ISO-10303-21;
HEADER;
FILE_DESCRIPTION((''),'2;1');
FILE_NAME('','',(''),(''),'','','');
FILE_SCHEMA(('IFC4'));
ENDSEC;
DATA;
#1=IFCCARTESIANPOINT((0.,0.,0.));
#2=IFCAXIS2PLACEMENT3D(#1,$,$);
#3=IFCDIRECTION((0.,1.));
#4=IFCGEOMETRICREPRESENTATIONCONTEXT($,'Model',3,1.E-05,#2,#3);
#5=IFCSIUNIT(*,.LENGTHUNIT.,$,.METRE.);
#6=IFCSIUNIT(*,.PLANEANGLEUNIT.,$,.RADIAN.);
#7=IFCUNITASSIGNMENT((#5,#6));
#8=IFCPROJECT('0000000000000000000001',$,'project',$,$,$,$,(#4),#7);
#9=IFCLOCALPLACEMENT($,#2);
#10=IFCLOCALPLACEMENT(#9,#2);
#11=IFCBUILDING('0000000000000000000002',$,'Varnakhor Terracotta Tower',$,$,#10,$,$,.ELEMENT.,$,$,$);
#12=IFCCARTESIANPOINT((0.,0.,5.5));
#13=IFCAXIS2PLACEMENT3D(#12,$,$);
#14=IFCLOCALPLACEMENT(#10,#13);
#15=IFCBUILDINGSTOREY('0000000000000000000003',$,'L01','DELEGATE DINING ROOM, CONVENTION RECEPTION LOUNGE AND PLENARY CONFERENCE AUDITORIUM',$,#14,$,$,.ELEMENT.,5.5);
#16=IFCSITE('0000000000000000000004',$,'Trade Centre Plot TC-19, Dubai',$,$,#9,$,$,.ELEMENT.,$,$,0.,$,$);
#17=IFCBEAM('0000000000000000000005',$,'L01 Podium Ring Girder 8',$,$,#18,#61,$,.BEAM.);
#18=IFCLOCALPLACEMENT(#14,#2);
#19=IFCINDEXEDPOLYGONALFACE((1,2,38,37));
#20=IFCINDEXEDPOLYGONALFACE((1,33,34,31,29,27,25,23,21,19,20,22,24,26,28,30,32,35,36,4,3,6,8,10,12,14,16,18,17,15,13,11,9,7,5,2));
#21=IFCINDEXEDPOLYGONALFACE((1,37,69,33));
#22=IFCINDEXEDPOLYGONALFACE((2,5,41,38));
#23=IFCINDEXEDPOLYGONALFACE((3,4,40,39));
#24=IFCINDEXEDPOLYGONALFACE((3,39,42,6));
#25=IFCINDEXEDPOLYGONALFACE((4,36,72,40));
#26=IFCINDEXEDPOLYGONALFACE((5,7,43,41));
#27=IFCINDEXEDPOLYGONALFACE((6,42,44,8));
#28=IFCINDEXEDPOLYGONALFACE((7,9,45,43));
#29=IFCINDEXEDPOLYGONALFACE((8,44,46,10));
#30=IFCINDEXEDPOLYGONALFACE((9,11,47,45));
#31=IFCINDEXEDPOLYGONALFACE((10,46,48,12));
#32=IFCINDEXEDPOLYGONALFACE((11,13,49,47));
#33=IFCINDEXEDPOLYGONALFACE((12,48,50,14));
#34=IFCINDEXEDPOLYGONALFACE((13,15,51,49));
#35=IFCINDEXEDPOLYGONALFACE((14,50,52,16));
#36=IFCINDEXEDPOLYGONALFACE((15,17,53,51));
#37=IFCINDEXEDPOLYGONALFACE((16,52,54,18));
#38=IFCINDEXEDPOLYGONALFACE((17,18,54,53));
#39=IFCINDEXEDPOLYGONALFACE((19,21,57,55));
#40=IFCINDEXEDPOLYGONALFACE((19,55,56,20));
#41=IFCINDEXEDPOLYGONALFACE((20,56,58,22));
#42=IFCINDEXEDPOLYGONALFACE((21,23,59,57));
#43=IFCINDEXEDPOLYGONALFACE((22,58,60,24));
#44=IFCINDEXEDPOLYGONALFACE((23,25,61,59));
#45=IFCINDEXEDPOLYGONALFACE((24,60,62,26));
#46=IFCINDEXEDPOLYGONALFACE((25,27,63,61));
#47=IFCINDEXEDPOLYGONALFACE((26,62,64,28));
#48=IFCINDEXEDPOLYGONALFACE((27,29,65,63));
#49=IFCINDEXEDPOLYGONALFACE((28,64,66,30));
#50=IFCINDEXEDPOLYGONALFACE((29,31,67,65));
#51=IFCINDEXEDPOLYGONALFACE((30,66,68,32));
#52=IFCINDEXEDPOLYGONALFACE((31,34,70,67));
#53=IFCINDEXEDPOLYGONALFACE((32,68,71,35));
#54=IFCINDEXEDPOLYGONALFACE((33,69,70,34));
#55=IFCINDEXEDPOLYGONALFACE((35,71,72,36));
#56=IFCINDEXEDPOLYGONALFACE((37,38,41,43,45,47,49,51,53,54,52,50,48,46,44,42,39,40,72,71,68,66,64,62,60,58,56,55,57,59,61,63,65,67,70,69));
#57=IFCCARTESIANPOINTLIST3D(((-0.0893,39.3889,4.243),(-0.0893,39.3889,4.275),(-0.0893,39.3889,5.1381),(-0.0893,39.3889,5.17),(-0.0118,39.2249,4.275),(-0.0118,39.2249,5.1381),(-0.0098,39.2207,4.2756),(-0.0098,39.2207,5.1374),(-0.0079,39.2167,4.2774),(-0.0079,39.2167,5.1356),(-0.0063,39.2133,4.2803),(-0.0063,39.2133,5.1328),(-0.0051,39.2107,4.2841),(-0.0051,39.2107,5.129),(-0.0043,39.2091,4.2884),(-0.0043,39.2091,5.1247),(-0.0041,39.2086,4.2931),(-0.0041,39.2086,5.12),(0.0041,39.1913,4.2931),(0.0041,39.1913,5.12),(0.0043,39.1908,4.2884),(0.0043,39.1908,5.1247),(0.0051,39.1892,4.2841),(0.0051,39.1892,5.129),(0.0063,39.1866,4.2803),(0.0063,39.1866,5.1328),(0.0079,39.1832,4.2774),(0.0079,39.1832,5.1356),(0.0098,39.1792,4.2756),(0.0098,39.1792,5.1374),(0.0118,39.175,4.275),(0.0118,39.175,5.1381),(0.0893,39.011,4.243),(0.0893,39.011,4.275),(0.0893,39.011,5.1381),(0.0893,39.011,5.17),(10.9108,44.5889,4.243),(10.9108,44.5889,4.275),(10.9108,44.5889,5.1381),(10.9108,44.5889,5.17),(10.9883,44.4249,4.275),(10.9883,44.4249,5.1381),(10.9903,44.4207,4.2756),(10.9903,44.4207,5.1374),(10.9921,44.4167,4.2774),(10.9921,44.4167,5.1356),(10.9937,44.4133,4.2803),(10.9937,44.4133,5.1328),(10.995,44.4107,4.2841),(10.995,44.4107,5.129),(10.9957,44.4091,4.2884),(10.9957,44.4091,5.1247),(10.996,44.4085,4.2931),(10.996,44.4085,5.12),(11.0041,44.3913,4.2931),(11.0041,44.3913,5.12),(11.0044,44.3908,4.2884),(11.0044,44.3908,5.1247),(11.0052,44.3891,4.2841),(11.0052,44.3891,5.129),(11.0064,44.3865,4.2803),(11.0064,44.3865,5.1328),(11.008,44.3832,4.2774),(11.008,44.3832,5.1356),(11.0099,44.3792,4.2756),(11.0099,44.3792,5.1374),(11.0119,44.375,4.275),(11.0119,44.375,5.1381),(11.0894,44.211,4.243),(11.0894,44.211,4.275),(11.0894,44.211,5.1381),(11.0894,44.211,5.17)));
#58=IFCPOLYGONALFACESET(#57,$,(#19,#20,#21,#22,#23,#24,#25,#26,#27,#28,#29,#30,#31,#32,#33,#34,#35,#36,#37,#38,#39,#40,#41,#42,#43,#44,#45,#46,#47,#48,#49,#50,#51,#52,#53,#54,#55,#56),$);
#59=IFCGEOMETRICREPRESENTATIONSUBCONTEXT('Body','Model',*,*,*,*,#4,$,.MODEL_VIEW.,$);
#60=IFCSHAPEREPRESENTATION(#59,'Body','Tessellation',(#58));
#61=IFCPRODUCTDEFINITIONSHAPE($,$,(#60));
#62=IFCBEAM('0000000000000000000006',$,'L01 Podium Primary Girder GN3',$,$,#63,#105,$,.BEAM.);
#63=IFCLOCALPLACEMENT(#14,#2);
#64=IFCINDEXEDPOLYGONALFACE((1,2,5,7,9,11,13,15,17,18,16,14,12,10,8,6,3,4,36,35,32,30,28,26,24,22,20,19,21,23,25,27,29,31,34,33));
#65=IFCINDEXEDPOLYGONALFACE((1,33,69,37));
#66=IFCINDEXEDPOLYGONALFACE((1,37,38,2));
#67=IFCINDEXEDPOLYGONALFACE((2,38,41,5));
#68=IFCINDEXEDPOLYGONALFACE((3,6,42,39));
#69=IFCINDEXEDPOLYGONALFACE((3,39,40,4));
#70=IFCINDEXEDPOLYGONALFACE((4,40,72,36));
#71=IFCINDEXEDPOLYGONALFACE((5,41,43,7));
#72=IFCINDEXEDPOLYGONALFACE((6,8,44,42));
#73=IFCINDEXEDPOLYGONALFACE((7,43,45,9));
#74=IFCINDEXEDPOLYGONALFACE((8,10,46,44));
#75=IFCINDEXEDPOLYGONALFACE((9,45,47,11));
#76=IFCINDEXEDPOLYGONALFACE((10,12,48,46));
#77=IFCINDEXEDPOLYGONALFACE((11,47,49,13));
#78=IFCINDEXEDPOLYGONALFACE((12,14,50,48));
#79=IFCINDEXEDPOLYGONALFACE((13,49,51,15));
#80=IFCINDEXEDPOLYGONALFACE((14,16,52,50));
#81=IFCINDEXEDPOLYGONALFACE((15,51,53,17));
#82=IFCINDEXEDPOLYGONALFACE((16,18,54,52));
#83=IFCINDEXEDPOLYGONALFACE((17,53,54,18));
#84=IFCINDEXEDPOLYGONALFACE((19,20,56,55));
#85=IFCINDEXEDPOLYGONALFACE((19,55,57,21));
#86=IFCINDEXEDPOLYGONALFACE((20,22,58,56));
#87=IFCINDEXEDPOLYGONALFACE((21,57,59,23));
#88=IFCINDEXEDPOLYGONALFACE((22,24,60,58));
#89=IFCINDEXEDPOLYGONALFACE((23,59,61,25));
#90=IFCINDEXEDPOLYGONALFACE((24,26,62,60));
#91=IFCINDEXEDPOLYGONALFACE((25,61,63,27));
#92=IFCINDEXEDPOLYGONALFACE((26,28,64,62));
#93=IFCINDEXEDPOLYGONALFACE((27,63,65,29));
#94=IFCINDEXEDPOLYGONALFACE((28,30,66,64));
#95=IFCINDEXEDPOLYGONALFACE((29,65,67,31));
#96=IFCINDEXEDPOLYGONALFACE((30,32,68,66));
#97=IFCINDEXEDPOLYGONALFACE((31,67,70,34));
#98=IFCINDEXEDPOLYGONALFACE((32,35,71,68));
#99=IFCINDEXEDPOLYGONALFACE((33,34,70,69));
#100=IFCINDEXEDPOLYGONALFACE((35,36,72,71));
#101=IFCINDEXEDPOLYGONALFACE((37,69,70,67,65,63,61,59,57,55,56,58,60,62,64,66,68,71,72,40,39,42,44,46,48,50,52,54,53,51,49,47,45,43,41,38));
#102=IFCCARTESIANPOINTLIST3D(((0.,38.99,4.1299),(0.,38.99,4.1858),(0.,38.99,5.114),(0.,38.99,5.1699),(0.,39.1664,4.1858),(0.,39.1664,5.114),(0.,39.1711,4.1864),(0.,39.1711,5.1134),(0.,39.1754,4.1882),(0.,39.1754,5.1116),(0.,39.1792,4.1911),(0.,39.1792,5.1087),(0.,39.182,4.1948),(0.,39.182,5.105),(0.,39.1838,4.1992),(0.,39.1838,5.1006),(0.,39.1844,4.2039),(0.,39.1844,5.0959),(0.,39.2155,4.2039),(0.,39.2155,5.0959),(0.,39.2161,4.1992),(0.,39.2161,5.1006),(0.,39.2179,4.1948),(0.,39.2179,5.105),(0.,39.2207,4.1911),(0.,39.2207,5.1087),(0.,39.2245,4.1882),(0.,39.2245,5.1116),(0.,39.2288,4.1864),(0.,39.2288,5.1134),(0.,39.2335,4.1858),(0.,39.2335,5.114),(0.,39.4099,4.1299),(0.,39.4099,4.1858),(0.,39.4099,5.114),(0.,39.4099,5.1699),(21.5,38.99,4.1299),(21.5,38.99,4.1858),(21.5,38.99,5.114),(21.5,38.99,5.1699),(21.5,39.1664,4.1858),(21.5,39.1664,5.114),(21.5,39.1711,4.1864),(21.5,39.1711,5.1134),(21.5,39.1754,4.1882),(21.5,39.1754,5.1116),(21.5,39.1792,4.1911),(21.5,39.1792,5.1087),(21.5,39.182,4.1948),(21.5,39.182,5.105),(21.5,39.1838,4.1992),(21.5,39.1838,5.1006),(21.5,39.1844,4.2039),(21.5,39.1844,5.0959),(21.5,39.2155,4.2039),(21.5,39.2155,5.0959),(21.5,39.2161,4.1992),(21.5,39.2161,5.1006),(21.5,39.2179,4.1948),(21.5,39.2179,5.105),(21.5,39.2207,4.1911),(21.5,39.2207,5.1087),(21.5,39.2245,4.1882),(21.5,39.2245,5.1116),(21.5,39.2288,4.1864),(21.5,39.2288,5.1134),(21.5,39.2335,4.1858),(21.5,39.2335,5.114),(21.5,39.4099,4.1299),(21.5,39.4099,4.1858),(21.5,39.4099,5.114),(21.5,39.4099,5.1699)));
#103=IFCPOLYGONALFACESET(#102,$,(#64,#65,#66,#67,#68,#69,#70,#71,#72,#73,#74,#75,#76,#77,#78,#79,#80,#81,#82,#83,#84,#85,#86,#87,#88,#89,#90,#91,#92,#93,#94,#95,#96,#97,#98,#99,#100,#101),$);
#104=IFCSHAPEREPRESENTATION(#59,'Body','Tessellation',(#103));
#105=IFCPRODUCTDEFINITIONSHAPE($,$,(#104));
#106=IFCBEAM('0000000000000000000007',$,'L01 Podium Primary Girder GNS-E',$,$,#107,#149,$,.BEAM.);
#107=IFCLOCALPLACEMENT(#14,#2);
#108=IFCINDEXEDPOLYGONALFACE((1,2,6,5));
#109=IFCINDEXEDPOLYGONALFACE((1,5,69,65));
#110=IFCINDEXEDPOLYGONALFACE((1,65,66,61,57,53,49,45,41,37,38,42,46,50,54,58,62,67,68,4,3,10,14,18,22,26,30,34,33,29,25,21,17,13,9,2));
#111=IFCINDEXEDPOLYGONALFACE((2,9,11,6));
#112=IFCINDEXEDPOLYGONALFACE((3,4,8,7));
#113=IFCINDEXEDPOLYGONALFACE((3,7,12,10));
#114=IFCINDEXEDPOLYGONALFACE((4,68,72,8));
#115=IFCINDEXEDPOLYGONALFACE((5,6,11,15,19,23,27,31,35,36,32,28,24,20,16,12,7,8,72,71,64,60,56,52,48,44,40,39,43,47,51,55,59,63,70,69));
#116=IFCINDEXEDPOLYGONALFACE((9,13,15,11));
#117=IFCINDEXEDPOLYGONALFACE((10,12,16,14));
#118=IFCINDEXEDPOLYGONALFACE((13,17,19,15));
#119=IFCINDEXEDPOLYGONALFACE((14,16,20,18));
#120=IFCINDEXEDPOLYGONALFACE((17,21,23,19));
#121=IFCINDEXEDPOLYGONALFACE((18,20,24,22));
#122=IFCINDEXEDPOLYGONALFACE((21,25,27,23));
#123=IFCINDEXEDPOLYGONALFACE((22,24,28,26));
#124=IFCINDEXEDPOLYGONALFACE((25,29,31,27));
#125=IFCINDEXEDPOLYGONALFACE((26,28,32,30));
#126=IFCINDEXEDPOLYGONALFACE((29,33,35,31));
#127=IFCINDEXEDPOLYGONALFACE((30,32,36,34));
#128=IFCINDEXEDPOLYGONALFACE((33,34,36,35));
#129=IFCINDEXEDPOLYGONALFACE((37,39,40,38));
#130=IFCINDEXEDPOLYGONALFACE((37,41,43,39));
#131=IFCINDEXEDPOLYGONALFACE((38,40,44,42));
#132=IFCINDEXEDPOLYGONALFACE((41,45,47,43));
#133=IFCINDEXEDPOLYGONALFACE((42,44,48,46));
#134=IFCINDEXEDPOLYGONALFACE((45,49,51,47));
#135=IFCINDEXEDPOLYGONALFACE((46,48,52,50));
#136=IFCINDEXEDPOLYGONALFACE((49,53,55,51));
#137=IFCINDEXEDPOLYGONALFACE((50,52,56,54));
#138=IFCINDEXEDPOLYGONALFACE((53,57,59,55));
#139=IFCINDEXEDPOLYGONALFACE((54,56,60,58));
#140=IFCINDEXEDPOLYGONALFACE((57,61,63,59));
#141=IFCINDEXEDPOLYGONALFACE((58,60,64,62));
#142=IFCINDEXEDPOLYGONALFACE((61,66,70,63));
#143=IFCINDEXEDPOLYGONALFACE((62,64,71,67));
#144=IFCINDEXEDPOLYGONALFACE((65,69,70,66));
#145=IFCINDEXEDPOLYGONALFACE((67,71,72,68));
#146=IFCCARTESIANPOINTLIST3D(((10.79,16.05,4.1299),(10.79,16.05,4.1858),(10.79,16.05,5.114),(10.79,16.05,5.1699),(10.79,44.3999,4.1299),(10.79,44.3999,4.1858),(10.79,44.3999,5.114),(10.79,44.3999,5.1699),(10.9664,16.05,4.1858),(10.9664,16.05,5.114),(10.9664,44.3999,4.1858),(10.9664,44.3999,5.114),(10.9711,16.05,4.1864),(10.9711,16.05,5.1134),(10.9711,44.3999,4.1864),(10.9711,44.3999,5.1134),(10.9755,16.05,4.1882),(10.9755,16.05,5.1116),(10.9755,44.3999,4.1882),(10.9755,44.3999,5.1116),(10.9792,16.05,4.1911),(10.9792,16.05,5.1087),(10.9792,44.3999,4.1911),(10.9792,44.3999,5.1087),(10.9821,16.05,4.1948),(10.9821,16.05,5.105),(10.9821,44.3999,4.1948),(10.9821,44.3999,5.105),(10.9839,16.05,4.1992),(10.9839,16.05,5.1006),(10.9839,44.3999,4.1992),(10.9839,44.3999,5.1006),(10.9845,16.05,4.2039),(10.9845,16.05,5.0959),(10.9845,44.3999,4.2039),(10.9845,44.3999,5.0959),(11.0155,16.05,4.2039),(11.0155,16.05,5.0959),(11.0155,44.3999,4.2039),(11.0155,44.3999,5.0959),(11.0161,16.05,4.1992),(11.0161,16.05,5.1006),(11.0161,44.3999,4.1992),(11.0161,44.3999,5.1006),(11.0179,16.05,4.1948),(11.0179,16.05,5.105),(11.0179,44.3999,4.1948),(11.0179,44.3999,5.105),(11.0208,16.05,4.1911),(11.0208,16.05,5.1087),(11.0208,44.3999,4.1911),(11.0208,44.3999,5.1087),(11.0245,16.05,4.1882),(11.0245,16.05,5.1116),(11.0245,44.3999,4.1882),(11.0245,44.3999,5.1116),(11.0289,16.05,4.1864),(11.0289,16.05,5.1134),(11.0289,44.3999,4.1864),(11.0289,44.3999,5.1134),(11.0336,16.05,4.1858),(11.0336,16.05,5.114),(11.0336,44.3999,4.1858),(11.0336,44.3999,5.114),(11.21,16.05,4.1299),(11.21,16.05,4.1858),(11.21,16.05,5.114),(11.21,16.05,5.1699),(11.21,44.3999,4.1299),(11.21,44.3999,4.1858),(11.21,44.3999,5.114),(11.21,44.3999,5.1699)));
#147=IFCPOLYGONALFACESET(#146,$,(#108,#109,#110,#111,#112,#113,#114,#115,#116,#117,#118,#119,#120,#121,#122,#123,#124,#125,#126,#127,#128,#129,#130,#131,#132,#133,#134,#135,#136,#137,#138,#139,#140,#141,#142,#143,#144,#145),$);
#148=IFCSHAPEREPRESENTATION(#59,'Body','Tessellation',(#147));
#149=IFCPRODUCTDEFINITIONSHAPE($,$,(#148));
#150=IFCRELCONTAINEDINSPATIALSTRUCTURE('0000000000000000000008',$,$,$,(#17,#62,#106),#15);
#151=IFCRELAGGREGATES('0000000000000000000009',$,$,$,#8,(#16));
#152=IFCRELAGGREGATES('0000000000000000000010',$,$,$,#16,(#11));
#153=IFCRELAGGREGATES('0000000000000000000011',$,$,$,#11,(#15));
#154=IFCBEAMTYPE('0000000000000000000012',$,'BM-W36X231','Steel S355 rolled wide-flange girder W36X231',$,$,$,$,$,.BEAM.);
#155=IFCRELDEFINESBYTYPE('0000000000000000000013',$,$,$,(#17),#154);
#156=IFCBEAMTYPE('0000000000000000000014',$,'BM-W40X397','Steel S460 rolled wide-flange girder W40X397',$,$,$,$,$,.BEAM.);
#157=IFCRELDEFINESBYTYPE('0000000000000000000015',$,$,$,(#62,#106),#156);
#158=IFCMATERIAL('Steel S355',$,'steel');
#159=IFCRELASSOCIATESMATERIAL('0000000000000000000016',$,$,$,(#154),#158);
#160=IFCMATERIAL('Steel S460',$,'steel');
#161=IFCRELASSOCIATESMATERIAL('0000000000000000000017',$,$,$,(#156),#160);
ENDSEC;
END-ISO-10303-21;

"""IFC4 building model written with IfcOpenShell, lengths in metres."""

from ifc_helpers import new_model, si_unit, direction, frame, origin, origin_2d, place, context, subcontext, project, spatial, i_section, extrude, source, transform, mapped, material, material_profile, profile_set, type_object, element, save


model = new_model("IFC4")

# Units and contexts
model_context = context("Model", 3, precision=1e-05, world=origin(), true_north=direction((0.0, 1.0)))
body_context = subcontext(model_context, "Body", "Model", "MODEL_VIEW")
ifc_project = project(units=[si_unit("LENGTHUNIT", "METRE"), si_unit("PLANEANGLEUNIT", "RADIAN")], contexts=[model_context])

# Site, building, storey
site_placement = place(None, origin())
site = spatial("IfcSite", under=ifc_project, at=site_placement, Name="Trade Centre Plot TC-19, Dubai", CompositionType="ELEMENT", RefElevation=0.0)
building_placement = place(site_placement, origin())
building = spatial("IfcBuilding", under=site, at=building_placement, Name="Varnakhor Terracotta Tower", CompositionType="ELEMENT")
storey_placement = place(building_placement, frame((0.0, 0.0, 5.5)))
storey = spatial("IfcBuildingStorey", under=building, at=storey_placement, Name="L01", Description="DELEGATE DINING ROOM, CONVENTION RECEPTION LOUNGE AND PLENARY CONFERENCE AUDITORIUM", CompositionType="ELEMENT", Elevation=5.5)

# Shared definitions
ifc_material_1 = material(Name="Steel S460", Category="steel")

# Beams
ifc_material_2 = material(Name="Steel S355", Category="steel")
ifc_material_profile_1 = material_profile(ifc_material_2, i_section(OverallWidth=0.418, OverallDepth=0.927, WebThickness=0.019, FlangeThickness=0.032, FilletRadius=0.0181, at=origin_2d()), Name="W36X231")
ifc_profile_set_1 = profile_set([ifc_material_profile_1], Name="Steel S355")
beam_type_1 = type_object("IfcBeamType", Name="BM-W36X231", Description="Steel S355 rolled wide-flange girder W36X231", PredefinedType="BEAM", material=ifc_profile_set_1)
shared_shape_1 = source(origin(), body_context, "Body", "SweptSolid", [
    extrude(i_section(OverallWidth=0.418, OverallDepth=0.927, WebThickness=0.019, FlangeThickness=0.032, FilletRadius=0.0181, at=origin_2d()), origin(), (0.0, 0.0, 1.0), 12.1672),
])
beam_1_placement = place(storey_placement, frame((0.0, 39.2, 4.7065), z_axis=(0.904074, 0.427376, 0.0), x_axis=(-0.427376, 0.904074, 0.0)))
element("IfcBeam", 1, at=beam_1_placement, inside=storey, type_object=beam_type_1, Name="L01 Podium Ring Girder 8", PredefinedType="BEAM", context=body_context, shape_type="MappedRepresentation", body=[
    mapped(shared_shape_1, transform((0.0, 0.0, 0.0), scale=1.0)),
])
ifc_material_profile_2 = material_profile(ifc_material_1, i_section(OverallWidth=0.4199, OverallDepth=1.04, WebThickness=0.031, FlangeThickness=0.0559, FilletRadius=0.0181, at=origin_2d()), Name="W40X397")
ifc_profile_set_2 = profile_set([ifc_material_profile_2], Name="Steel S460")
beam_type_2 = type_object("IfcBeamType", Name="BM-W40X397", Description="Steel S460 rolled wide-flange girder W40X397", PredefinedType="BEAM", material=ifc_profile_set_2)
shared_shape_2 = source(origin(), body_context, "Body", "SweptSolid", [
    extrude(i_section(OverallWidth=0.4199, OverallDepth=1.04, WebThickness=0.031, FlangeThickness=0.0559, FilletRadius=0.0181, at=origin_2d()), origin(), (0.0, 0.0, 1.0), 21.5),
])
beam_2_placement = place(storey_placement, frame((0.0, 39.2, 4.6499), z_axis=(1.0, 0.0, 0.0), x_axis=(0.0, 1.0, 0.0)))
element("IfcBeam", 2, at=beam_2_placement, inside=storey, type_object=beam_type_2, Name="L01 Podium Primary Girder GN3", PredefinedType="BEAM", context=body_context, shape_type="MappedRepresentation", body=[
    mapped(shared_shape_2, transform((0.0, 0.0, 0.0), scale=1.0)),
])
shared_shape_3 = source(origin(), body_context, "Body", "SweptSolid", [
    extrude(i_section(OverallWidth=0.4199, OverallDepth=1.04, WebThickness=0.031, FlangeThickness=0.0559, FilletRadius=0.0181, at=origin_2d()), origin(), (0.0, 0.0, 1.0), 28.3499),
])
beam_3_placement = place(storey_placement, frame((11.0, 16.05, 4.6499), z_axis=(0.0, 1.0, 0.0), x_axis=(-1.0, 0.0, 0.0)))
element("IfcBeam", 3, at=beam_3_placement, inside=storey, type_object=beam_type_2, Name="L01 Podium Primary Girder GNS-E", PredefinedType="BEAM", context=body_context, shape_type="MappedRepresentation", body=[
    mapped(shared_shape_3, transform((0.0, 0.0, 0.0), scale=1.0)),
])

save(model, "model.ifc")
